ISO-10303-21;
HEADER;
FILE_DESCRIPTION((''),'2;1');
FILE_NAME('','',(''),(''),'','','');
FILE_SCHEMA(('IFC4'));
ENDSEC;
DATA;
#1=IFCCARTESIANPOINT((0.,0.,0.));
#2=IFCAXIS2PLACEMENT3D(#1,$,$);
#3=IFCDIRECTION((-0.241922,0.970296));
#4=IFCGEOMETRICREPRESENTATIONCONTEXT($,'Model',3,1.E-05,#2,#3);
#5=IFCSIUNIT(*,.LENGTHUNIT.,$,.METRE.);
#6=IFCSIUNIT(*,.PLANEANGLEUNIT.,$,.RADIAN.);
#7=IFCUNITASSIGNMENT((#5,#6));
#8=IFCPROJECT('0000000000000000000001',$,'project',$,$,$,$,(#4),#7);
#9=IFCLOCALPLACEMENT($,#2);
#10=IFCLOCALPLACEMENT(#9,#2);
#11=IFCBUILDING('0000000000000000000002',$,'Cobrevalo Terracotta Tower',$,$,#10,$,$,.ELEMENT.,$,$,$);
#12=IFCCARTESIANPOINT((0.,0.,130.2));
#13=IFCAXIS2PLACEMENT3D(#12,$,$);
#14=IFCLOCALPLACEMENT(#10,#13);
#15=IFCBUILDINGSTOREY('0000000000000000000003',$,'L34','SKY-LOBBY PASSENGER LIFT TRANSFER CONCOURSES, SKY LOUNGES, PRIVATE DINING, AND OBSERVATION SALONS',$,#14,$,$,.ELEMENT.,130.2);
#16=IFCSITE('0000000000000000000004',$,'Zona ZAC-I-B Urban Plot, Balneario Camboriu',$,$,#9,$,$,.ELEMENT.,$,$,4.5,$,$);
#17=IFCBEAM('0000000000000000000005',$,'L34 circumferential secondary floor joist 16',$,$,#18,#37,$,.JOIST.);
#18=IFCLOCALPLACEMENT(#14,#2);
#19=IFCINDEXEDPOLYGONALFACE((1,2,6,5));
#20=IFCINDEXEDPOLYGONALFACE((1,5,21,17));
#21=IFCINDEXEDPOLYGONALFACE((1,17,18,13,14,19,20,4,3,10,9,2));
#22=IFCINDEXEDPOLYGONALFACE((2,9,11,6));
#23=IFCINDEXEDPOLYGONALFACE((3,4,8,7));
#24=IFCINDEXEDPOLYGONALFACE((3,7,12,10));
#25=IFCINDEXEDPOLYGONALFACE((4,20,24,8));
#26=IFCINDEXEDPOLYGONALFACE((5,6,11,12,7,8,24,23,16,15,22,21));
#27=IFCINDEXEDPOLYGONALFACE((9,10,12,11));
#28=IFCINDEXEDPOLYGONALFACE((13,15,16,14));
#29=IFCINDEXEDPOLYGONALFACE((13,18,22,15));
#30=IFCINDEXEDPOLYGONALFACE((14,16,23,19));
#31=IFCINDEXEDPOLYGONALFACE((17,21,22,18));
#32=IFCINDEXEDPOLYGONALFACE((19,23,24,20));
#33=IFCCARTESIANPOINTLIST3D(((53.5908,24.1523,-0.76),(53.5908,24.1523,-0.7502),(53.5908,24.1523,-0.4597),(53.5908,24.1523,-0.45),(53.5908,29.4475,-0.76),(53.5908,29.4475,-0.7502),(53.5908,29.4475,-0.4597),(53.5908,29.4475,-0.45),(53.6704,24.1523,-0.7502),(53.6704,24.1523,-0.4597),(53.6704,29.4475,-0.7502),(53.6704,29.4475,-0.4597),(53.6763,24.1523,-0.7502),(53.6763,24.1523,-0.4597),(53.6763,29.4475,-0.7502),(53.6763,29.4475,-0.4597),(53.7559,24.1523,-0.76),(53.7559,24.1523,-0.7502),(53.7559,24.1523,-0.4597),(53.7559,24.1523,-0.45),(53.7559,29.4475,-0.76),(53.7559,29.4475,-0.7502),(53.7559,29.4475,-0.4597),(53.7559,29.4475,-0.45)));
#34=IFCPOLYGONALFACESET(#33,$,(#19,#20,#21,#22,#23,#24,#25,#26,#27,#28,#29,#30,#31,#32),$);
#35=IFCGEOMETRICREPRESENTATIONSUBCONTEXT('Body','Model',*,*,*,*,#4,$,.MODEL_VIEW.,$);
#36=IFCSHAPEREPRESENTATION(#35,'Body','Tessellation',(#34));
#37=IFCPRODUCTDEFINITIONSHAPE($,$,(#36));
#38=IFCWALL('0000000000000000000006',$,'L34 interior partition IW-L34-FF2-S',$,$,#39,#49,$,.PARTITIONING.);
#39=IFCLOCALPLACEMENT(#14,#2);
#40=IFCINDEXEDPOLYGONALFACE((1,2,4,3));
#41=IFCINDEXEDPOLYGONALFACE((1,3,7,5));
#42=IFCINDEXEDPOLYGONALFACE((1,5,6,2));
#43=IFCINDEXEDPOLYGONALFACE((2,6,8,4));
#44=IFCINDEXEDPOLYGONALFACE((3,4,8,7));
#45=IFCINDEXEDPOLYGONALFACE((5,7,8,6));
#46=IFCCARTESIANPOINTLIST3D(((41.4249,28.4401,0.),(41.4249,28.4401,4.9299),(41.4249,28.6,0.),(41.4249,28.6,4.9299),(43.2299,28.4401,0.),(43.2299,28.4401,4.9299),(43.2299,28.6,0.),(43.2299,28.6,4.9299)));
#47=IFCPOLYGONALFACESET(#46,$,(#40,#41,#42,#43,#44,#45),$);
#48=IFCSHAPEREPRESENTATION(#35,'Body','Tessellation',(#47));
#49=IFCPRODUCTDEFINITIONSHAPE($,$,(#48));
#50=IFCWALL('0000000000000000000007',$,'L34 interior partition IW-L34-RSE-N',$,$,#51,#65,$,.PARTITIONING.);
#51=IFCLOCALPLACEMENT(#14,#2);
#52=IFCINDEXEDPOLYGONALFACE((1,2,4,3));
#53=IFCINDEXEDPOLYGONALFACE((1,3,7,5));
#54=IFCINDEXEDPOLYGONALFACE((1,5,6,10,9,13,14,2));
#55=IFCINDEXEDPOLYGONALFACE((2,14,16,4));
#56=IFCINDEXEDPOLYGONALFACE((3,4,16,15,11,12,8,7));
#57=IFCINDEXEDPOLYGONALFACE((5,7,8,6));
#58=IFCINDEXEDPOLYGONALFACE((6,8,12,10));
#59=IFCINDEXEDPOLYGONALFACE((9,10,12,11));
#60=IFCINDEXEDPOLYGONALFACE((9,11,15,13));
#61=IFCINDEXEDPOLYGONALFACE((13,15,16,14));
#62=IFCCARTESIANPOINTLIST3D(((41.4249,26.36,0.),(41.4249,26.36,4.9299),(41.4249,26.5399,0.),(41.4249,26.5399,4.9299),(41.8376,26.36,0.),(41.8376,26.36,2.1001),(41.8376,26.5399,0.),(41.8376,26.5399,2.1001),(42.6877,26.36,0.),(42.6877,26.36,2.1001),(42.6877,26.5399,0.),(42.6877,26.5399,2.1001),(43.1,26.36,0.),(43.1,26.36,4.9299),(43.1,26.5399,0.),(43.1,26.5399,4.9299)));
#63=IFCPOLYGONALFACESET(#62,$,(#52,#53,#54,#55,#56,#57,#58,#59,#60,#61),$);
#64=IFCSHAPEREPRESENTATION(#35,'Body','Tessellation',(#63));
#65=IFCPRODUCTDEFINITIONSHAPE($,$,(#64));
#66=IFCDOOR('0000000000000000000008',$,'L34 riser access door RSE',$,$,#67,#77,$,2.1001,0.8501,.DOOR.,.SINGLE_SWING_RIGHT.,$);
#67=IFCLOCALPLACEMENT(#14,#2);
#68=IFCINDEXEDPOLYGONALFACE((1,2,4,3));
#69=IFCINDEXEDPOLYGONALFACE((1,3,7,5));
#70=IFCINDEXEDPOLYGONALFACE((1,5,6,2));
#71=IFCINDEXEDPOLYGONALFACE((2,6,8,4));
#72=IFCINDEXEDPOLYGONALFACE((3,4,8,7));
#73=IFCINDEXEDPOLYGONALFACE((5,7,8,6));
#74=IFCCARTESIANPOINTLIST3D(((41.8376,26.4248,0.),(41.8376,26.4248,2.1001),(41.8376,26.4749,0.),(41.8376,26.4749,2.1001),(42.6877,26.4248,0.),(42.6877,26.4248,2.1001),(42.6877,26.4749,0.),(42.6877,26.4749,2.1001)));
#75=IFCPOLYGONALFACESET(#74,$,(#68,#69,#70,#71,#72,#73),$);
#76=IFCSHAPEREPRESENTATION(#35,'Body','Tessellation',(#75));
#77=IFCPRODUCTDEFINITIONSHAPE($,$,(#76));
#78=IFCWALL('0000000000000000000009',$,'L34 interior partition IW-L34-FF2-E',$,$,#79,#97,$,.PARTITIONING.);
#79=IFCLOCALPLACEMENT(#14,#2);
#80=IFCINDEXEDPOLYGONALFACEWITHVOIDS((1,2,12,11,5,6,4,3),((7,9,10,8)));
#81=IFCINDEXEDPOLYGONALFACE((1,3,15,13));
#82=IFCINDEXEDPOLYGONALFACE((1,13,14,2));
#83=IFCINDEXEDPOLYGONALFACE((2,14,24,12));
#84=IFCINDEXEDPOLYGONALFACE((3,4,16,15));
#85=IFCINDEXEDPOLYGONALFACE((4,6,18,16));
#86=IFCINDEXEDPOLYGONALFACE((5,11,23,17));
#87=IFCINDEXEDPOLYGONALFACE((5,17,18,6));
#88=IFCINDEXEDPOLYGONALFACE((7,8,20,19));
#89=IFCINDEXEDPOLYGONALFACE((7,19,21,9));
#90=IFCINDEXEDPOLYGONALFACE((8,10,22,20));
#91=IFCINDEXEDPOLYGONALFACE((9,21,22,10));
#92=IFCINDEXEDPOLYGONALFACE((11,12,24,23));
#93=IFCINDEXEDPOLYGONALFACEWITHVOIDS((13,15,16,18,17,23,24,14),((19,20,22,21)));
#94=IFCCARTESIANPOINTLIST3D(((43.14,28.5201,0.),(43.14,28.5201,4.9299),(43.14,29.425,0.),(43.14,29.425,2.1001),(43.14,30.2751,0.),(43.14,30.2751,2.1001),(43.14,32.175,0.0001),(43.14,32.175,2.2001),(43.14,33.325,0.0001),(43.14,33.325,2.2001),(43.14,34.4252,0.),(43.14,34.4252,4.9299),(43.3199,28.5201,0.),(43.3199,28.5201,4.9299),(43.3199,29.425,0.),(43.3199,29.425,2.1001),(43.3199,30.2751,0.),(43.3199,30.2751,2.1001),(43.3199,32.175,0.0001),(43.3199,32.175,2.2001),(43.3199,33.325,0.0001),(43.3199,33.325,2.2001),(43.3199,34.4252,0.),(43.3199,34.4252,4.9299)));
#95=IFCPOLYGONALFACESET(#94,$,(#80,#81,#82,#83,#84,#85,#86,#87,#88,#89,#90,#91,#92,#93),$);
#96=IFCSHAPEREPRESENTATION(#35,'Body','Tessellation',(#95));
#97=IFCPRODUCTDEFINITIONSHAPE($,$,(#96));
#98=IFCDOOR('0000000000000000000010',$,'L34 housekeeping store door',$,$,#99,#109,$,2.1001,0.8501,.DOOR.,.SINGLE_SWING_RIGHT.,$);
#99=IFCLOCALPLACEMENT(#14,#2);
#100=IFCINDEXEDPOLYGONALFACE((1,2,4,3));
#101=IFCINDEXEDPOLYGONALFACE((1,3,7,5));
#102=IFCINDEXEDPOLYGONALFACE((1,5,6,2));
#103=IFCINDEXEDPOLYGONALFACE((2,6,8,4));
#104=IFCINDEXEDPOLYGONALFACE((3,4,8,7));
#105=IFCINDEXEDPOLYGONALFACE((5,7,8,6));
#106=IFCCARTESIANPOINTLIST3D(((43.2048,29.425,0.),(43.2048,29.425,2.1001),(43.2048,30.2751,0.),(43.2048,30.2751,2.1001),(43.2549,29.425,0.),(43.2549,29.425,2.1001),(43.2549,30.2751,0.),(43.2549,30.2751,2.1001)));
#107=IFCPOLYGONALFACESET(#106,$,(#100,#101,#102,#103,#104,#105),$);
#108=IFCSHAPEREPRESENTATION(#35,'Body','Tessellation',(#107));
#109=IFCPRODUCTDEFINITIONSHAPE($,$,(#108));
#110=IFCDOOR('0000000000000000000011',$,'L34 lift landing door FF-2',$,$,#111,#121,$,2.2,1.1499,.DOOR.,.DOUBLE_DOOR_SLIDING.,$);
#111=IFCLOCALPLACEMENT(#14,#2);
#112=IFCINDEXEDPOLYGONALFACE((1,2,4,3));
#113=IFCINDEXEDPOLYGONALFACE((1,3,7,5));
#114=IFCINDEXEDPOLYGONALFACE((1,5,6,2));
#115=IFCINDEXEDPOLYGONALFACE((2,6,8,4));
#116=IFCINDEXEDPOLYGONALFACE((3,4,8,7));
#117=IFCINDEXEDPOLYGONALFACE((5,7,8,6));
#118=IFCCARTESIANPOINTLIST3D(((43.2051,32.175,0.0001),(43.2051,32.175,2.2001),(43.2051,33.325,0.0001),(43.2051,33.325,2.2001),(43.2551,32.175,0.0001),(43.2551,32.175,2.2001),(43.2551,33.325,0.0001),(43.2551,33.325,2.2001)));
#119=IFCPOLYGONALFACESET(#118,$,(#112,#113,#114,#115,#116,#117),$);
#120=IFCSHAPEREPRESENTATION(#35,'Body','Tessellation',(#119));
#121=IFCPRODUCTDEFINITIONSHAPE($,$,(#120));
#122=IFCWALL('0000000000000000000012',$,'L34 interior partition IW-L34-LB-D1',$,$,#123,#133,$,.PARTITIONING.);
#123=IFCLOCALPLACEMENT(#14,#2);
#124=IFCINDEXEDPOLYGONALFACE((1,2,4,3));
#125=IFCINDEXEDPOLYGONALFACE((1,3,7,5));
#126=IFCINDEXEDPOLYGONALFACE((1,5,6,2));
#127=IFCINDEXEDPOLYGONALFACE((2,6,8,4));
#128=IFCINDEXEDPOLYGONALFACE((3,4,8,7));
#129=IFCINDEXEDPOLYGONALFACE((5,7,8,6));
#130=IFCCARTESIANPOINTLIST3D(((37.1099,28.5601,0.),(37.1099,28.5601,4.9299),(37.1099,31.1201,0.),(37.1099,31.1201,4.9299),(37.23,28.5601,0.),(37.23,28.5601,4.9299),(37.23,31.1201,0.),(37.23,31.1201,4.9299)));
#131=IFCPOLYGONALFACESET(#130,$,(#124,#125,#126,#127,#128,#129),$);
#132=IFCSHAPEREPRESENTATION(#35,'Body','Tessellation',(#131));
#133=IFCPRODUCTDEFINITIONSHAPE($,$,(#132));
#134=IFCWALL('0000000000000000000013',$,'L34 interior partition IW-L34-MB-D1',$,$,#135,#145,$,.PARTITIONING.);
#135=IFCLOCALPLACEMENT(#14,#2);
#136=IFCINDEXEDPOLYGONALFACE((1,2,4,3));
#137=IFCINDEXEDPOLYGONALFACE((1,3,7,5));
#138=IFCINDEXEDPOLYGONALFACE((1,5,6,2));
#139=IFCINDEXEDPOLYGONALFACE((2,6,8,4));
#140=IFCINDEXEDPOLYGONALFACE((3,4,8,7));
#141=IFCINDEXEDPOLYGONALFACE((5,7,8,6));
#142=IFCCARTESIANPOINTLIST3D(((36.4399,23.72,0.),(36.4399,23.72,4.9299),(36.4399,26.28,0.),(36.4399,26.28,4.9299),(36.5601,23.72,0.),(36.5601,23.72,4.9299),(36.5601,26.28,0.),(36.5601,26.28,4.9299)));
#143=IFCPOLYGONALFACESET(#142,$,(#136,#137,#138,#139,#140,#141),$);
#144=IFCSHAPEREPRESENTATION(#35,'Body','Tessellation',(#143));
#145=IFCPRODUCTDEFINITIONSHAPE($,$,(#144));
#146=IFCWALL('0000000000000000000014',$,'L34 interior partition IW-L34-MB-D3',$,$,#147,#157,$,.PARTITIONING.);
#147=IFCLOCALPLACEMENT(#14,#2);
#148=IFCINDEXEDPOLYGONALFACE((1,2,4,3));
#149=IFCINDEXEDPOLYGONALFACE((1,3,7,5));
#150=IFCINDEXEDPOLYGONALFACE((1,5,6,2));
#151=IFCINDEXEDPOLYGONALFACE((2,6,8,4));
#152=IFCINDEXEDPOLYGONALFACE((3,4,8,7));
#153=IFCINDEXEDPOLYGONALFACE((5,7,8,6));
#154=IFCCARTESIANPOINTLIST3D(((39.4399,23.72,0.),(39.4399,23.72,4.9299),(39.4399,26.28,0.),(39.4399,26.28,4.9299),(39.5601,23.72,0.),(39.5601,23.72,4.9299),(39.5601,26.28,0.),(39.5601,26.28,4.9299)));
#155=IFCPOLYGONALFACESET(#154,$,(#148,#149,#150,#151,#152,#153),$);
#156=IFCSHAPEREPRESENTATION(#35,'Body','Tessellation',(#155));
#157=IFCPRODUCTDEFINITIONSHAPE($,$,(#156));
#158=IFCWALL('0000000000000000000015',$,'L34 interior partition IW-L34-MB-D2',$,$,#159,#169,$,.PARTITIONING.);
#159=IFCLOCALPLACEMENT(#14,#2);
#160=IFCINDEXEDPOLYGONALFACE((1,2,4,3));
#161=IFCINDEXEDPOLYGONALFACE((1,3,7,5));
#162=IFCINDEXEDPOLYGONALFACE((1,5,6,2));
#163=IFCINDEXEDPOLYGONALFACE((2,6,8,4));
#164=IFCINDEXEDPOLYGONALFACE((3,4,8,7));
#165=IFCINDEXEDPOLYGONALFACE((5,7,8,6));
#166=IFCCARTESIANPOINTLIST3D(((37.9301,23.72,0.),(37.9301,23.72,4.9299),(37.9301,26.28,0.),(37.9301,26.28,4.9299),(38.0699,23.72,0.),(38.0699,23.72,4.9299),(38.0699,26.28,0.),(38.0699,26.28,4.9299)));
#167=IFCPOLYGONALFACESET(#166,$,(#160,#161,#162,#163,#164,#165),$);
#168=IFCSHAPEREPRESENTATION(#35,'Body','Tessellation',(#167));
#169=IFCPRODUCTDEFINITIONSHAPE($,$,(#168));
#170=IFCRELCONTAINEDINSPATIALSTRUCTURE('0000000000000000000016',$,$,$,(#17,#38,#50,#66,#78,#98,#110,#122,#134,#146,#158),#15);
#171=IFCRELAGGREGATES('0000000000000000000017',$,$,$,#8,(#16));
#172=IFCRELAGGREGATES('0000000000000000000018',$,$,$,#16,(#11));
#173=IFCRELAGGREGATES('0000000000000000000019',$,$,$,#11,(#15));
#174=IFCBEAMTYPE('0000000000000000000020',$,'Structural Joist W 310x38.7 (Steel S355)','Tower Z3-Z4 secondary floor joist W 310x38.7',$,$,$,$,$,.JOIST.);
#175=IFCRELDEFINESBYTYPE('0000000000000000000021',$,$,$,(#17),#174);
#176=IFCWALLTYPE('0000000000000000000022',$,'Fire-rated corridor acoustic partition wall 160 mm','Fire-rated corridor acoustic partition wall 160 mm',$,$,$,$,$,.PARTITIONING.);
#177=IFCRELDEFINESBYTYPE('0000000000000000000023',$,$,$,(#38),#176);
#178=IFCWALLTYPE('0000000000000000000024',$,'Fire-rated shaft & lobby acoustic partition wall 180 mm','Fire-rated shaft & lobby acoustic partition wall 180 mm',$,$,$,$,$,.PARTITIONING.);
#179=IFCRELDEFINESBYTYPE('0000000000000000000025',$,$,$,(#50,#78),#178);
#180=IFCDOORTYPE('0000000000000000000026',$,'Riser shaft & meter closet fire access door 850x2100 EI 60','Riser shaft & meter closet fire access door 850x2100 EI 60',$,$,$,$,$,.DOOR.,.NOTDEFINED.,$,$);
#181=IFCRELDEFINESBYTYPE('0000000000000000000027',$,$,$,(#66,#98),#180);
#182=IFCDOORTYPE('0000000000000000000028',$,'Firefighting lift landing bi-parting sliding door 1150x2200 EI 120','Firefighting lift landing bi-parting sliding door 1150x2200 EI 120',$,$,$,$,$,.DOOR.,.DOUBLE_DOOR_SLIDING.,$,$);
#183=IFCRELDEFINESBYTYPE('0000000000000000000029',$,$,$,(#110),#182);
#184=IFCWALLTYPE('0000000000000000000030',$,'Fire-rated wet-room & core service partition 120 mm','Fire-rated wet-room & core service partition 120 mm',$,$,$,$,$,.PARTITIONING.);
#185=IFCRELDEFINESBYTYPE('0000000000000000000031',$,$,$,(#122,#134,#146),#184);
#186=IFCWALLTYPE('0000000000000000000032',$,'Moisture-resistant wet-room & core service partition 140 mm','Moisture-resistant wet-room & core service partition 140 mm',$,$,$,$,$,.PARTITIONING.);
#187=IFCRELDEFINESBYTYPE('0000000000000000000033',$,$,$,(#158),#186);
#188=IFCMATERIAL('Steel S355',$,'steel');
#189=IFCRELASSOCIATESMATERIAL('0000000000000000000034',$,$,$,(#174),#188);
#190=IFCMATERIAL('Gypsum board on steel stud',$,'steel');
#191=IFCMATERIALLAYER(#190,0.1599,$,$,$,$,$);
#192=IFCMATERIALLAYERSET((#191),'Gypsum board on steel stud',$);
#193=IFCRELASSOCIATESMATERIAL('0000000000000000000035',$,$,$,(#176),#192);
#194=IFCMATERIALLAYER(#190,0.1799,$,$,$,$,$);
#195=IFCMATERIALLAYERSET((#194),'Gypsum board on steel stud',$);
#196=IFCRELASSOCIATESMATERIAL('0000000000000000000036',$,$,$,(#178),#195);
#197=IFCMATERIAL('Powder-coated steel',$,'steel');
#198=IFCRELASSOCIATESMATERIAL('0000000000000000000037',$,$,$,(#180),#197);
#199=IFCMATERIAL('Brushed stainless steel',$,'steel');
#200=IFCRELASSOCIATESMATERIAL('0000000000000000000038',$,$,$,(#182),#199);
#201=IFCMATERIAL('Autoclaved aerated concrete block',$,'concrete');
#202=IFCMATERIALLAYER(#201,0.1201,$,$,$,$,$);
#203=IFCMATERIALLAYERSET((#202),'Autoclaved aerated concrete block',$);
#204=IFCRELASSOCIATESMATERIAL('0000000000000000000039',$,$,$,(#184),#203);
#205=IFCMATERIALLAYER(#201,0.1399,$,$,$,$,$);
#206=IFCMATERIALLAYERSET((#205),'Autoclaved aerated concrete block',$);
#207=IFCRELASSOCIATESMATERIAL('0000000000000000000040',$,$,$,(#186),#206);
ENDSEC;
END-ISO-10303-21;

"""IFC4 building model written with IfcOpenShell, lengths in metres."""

from ifc_helpers import new_model, si_unit, direction, frame, frame_2d, origin, origin_2d, place, context, subcontext, project, spatial, rectangle, i_section, extrude, source, transform, mapped, material, layer, layer_set, material_profile, profile_set, type_object, element, fill, save


model = new_model("IFC4")

# Units and contexts
model_context = context("Model", 3, precision=1e-05, world=origin(), true_north=direction((-0.241922, 0.970296)))
body_context = subcontext(model_context, "Body", "Model", "MODEL_VIEW")
ifc_project = project(units=[si_unit("LENGTHUNIT", "METRE"), si_unit("PLANEANGLEUNIT", "RADIAN")], contexts=[model_context])

# Site, building, storey
site_placement = place(None, origin())
site = spatial("IfcSite", under=ifc_project, at=site_placement, Name="Zona ZAC-I-B Urban Plot, Balneario Camboriu", CompositionType="ELEMENT", RefElevation=4.5)
building_placement = place(site_placement, origin())
building = spatial("IfcBuilding", under=site, at=building_placement, Name="Cobrevalo Terracotta Tower", CompositionType="ELEMENT")
storey_placement = place(building_placement, frame((0.0, 0.0, 130.2)))
storey = spatial("IfcBuildingStorey", under=building, at=storey_placement, Name="L34", Description="SKY-LOBBY PASSENGER LIFT TRANSFER CONCOURSES, SKY LOUNGES, PRIVATE DINING, AND OBSERVATION SALONS", CompositionType="ELEMENT", Elevation=130.2)

# Beam
ifc_material_1 = material(Name="Steel S355", Category="steel")
ifc_material_profile = material_profile(ifc_material_1, i_section(OverallWidth=0.165, OverallDepth=0.3101, WebThickness=0.0059, FlangeThickness=0.0098, at=origin_2d()), Name="W 310x38.7")
ifc_profile_set = profile_set([ifc_material_profile], Name="Steel S355")
beam_type = type_object("IfcBeamType", Name="Structural Joist W 310x38.7 (Steel S355)", Description="Tower Z3-Z4 secondary floor joist W 310x38.7", PredefinedType="JOIST", material=ifc_profile_set)
beam_placement = place(storey_placement, frame((53.6733, 24.1523, -0.605), z_axis=(0.0, 1.0, 0.0), x_axis=(-1.0, 0.0, 0.0)))
element("IfcBeam", 1, at=beam_placement, inside=storey, type_object=beam_type, Name="L34 circumferential secondary floor joist 16", PredefinedType="JOIST", context=body_context, shape_type="SweptSolid", body=[
    extrude(i_section(OverallWidth=0.165, OverallDepth=0.3101, WebThickness=0.0059, FlangeThickness=0.0098, at=origin_2d()), origin(), (0.0, 0.0, 1.0), 5.2952),
])

# Wall
ifc_material_2 = material(Name="Gypsum board on steel stud", Category="steel")
ifc_layer_1 = layer(ifc_material_2, 0.1599)
ifc_layer_set_1 = layer_set([ifc_layer_1], Name="Gypsum board on steel stud")
wall_type_1 = type_object("IfcWallType", Name="Fire-rated corridor acoustic partition wall 160 mm", Description="Fire-rated corridor acoustic partition wall 160 mm", PredefinedType="PARTITIONING", material=ifc_layer_set_1)
wall_1_placement = place(storey_placement, frame((41.425, 28.52, 0.0), z_axis=(0.0, 0.0, 1.0), x_axis=(1.0, 0.0, 0.0)))
element("IfcWall", 2, at=wall_1_placement, inside=storey, type_object=wall_type_1, Name="L34 interior partition IW-L34-FF2-S", PredefinedType="PARTITIONING", context=body_context, shape_type="SweptSolid", body=[
    extrude(rectangle(XDim=1.8049, YDim=0.1599, at=frame_2d((0.9023, 0.0))), origin(), (0.0, 0.0, 1.0), 4.9299),
])

# Wall, opening, door
ifc_layer_2 = layer(ifc_material_2, 0.1799)
ifc_layer_set_2 = layer_set([ifc_layer_2], Name="Gypsum board on steel stud")
wall_type_2 = type_object("IfcWallType", Name="Fire-rated shaft & lobby acoustic partition wall 180 mm", Description="Fire-rated shaft & lobby acoustic partition wall 180 mm", PredefinedType="PARTITIONING", material=ifc_layer_set_2)
wall_2_placement = place(storey_placement, frame((41.425, 26.45, 0.0), z_axis=(0.0, 0.0, 1.0), x_axis=(1.0, 0.0, 0.0)))
wall_2 = element("IfcWall", 3, at=wall_2_placement, inside=storey, type_object=wall_type_2, Name="L34 interior partition IW-L34-RSE-N", PredefinedType="PARTITIONING", context=body_context, shape_type="SweptSolid", body=[
    extrude(rectangle(XDim=1.675, YDim=0.1799, at=frame_2d((0.8374, 0.0))), origin(), (0.0, 0.0, 1.0), 4.9299),
])
opening_1_placement = place(wall_2_placement, frame((0.4126, 0.0, 0.0)))
opening_1 = element("IfcOpeningElement", 4, at=opening_1_placement, cuts=wall_2, PredefinedType="OPENING", context=body_context, shape_type="SweptSolid", body=[
    extrude(rectangle(XDim=0.8501, YDim=2.1001, at=frame_2d((0.425, 1.05))), frame((0.0, 0.1001, 0.0), z_axis=(0.0, -1.0, 0.0), x_axis=(1.0, 0.0, 0.0)), (0.0, 0.0, 1.0), 0.2),
])
ifc_material_3 = material(Name="Powder-coated steel", Category="steel")
door_type_1 = type_object("IfcDoorType", Name="Riser shaft & meter closet fire access door 850x2100 EI 60", Description="Riser shaft & meter closet fire access door 850x2100 EI 60", OperationType="NOTDEFINED", PredefinedType="DOOR", material=ifc_material_3)
shared_shape_1 = source(origin(), body_context, "Body", "SweptSolid", [
    extrude(rectangle(XDim=0.8501, YDim=2.1001, at=frame_2d((0.425, 1.05))), frame((0.0, 0.0249, 0.0), z_axis=(0.0, -1.0, 0.0), x_axis=(1.0, 0.0, 0.0)), (0.0, 0.0, 1.0), 0.05),
])
door_1_placement = place(opening_1_placement, origin())
door_1 = element("IfcDoor", 5, at=door_1_placement, inside=storey, type_object=door_type_1, Name="L34 riser access door RSE", OperationType="SINGLE_SWING_RIGHT", OverallHeight=2.1001, OverallWidth=0.8501, PredefinedType="DOOR", context=body_context, shape_type="MappedRepresentation", body=[
    mapped(shared_shape_1, transform((0.0, 0.0, 0.0), scale=1.0)),
])
fill(opening_1, door_1)

# Wall, openings, doors
wall_3_placement = place(storey_placement, frame((43.23, 28.52, 0.0), z_axis=(0.0, 0.0, 1.0), x_axis=(0.0, 1.0, 0.0)))
wall_3 = element("IfcWall", 6, at=wall_3_placement, inside=storey, type_object=wall_type_2, Name="L34 interior partition IW-L34-FF2-E", PredefinedType="PARTITIONING", context=body_context, shape_type="SweptSolid", body=[
    extrude(rectangle(XDim=5.905, YDim=0.1799, at=frame_2d((2.9526, 0.0))), origin(), (0.0, 0.0, 1.0), 4.9299),
])
opening_2_placement = place(wall_3_placement, frame((0.905, 0.0, 0.0)))
opening_2 = element("IfcOpeningElement", 7, at=opening_2_placement, cuts=wall_3, PredefinedType="OPENING", context=body_context, shape_type="SweptSolid", body=[
    extrude(rectangle(XDim=0.8501, YDim=2.1001, at=frame_2d((0.425, 1.05))), frame((0.0, 0.1001, 0.0), z_axis=(0.0, -1.0, 0.0), x_axis=(1.0, 0.0, 0.0)), (0.0, 0.0, 1.0), 0.2),
])
opening_3_placement = place(wall_3_placement, frame((3.655, 0.0, 0.0)))
opening_3 = element("IfcOpeningElement", 8, at=opening_3_placement, cuts=wall_3, PredefinedType="OPENING", context=body_context, shape_type="SweptSolid", body=[
    extrude(rectangle(XDim=1.1499, YDim=2.2, at=frame_2d((0.575, 1.1001))), frame((0.0, 0.1001, 0.0), z_axis=(0.0, -1.0, 0.0), x_axis=(1.0, 0.0, 0.0)), (0.0, 0.0, 1.0), 0.2),
])
door_2_placement = place(opening_2_placement, frame((0.8501, 0.0, 0.0), z_axis=(0.0, 0.0, 1.0), x_axis=(-1.0, 0.0, 0.0)))
door_2 = element("IfcDoor", 9, at=door_2_placement, inside=storey, type_object=door_type_1, Name="L34 housekeeping store door", OperationType="SINGLE_SWING_RIGHT", OverallHeight=2.1001, OverallWidth=0.8501, PredefinedType="DOOR", context=body_context, shape_type="MappedRepresentation", body=[
    mapped(shared_shape_1, transform((0.0, 0.0, 0.0), scale=1.0)),
])
fill(opening_2, door_2)
ifc_material_4 = material(Name="Brushed stainless steel", Category="steel")
door_type_2 = type_object("IfcDoorType", Name="Firefighting lift landing bi-parting sliding door 1150x2200 EI 120", Description="Firefighting lift landing bi-parting sliding door 1150x2200 EI 120", OperationType="DOUBLE_DOOR_SLIDING", PredefinedType="DOOR", material=ifc_material_4)
shared_shape_2 = source(origin(), body_context, "Body", "SweptSolid", [
    extrude(rectangle(XDim=1.1499, YDim=2.2, at=frame_2d((0.575, 1.1001))), frame((0.0, 0.0249, 0.0), z_axis=(0.0, -1.0, 0.0), x_axis=(1.0, 0.0, 0.0)), (0.0, 0.0, 1.0), 0.05),
])
door_3_placement = place(opening_3_placement, origin())
door_3 = element("IfcDoor", 10, at=door_3_placement, inside=storey, type_object=door_type_2, Name="L34 lift landing door FF-2", OperationType="DOUBLE_DOOR_SLIDING", OverallHeight=2.2, OverallWidth=1.1499, PredefinedType="DOOR", context=body_context, shape_type="MappedRepresentation", body=[
    mapped(shared_shape_2, transform((0.0, 0.0, 0.0), scale=1.0)),
])
fill(opening_3, door_3)

# Walls
ifc_material_5 = material(Name="Autoclaved aerated concrete block", Category="concrete")
ifc_layer_3 = layer(ifc_material_5, 0.1201)
ifc_layer_set_3 = layer_set([ifc_layer_3], Name="Autoclaved aerated concrete block")
wall_type_3 = type_object("IfcWallType", Name="Fire-rated wet-room & core service partition 120 mm", Description="Fire-rated wet-room & core service partition 120 mm", PredefinedType="PARTITIONING", material=ifc_layer_set_3)
for number, where, z_axis, x_axis, name in (
    (11, (37.1699, 28.5601, 0.0), (0.0, 0.0, 1.0), (0.0, 1.0, 0.0), "L34 interior partition IW-L34-LB-D1"),
    (12, (36.5, 23.72, 0.0), (0.0, 0.0, 1.0), (0.0, 1.0, 0.0), "L34 interior partition IW-L34-MB-D1"),
    (13, (39.5, 23.72, 0.0), (0.0, 0.0, 1.0), (0.0, 1.0, 0.0), "L34 interior partition IW-L34-MB-D3"),
):
    element("IfcWall", number, at=place(storey_placement, frame(where, z_axis=z_axis, x_axis=x_axis)), inside=storey, type_object=wall_type_3, Name=name, PredefinedType="PARTITIONING", context=body_context, shape_type="SweptSolid", body=[
        extrude(rectangle(XDim=2.5601, YDim=0.1201, at=frame_2d((1.28, 0.0))), origin(), (0.0, 0.0, 1.0), 4.9299),
    ])
ifc_layer_4 = layer(ifc_material_5, 0.1399)
ifc_layer_set_4 = layer_set([ifc_layer_4], Name="Autoclaved aerated concrete block")
wall_type_4 = type_object("IfcWallType", Name="Moisture-resistant wet-room & core service partition 140 mm", Description="Moisture-resistant wet-room & core service partition 140 mm", PredefinedType="PARTITIONING", material=ifc_layer_set_4)
wall_4_placement = place(storey_placement, frame((38.0, 23.72, 0.0), z_axis=(0.0, 0.0, 1.0), x_axis=(0.0, 1.0, 0.0)))
element("IfcWall", 14, at=wall_4_placement, inside=storey, type_object=wall_type_4, Name="L34 interior partition IW-L34-MB-D2", PredefinedType="PARTITIONING", context=body_context, shape_type="SweptSolid", body=[
    extrude(rectangle(XDim=2.5601, YDim=0.1399, at=frame_2d((1.28, 0.0))), origin(), (0.0, 0.0, 1.0), 4.9299),
])

save(model, "model.ifc")
